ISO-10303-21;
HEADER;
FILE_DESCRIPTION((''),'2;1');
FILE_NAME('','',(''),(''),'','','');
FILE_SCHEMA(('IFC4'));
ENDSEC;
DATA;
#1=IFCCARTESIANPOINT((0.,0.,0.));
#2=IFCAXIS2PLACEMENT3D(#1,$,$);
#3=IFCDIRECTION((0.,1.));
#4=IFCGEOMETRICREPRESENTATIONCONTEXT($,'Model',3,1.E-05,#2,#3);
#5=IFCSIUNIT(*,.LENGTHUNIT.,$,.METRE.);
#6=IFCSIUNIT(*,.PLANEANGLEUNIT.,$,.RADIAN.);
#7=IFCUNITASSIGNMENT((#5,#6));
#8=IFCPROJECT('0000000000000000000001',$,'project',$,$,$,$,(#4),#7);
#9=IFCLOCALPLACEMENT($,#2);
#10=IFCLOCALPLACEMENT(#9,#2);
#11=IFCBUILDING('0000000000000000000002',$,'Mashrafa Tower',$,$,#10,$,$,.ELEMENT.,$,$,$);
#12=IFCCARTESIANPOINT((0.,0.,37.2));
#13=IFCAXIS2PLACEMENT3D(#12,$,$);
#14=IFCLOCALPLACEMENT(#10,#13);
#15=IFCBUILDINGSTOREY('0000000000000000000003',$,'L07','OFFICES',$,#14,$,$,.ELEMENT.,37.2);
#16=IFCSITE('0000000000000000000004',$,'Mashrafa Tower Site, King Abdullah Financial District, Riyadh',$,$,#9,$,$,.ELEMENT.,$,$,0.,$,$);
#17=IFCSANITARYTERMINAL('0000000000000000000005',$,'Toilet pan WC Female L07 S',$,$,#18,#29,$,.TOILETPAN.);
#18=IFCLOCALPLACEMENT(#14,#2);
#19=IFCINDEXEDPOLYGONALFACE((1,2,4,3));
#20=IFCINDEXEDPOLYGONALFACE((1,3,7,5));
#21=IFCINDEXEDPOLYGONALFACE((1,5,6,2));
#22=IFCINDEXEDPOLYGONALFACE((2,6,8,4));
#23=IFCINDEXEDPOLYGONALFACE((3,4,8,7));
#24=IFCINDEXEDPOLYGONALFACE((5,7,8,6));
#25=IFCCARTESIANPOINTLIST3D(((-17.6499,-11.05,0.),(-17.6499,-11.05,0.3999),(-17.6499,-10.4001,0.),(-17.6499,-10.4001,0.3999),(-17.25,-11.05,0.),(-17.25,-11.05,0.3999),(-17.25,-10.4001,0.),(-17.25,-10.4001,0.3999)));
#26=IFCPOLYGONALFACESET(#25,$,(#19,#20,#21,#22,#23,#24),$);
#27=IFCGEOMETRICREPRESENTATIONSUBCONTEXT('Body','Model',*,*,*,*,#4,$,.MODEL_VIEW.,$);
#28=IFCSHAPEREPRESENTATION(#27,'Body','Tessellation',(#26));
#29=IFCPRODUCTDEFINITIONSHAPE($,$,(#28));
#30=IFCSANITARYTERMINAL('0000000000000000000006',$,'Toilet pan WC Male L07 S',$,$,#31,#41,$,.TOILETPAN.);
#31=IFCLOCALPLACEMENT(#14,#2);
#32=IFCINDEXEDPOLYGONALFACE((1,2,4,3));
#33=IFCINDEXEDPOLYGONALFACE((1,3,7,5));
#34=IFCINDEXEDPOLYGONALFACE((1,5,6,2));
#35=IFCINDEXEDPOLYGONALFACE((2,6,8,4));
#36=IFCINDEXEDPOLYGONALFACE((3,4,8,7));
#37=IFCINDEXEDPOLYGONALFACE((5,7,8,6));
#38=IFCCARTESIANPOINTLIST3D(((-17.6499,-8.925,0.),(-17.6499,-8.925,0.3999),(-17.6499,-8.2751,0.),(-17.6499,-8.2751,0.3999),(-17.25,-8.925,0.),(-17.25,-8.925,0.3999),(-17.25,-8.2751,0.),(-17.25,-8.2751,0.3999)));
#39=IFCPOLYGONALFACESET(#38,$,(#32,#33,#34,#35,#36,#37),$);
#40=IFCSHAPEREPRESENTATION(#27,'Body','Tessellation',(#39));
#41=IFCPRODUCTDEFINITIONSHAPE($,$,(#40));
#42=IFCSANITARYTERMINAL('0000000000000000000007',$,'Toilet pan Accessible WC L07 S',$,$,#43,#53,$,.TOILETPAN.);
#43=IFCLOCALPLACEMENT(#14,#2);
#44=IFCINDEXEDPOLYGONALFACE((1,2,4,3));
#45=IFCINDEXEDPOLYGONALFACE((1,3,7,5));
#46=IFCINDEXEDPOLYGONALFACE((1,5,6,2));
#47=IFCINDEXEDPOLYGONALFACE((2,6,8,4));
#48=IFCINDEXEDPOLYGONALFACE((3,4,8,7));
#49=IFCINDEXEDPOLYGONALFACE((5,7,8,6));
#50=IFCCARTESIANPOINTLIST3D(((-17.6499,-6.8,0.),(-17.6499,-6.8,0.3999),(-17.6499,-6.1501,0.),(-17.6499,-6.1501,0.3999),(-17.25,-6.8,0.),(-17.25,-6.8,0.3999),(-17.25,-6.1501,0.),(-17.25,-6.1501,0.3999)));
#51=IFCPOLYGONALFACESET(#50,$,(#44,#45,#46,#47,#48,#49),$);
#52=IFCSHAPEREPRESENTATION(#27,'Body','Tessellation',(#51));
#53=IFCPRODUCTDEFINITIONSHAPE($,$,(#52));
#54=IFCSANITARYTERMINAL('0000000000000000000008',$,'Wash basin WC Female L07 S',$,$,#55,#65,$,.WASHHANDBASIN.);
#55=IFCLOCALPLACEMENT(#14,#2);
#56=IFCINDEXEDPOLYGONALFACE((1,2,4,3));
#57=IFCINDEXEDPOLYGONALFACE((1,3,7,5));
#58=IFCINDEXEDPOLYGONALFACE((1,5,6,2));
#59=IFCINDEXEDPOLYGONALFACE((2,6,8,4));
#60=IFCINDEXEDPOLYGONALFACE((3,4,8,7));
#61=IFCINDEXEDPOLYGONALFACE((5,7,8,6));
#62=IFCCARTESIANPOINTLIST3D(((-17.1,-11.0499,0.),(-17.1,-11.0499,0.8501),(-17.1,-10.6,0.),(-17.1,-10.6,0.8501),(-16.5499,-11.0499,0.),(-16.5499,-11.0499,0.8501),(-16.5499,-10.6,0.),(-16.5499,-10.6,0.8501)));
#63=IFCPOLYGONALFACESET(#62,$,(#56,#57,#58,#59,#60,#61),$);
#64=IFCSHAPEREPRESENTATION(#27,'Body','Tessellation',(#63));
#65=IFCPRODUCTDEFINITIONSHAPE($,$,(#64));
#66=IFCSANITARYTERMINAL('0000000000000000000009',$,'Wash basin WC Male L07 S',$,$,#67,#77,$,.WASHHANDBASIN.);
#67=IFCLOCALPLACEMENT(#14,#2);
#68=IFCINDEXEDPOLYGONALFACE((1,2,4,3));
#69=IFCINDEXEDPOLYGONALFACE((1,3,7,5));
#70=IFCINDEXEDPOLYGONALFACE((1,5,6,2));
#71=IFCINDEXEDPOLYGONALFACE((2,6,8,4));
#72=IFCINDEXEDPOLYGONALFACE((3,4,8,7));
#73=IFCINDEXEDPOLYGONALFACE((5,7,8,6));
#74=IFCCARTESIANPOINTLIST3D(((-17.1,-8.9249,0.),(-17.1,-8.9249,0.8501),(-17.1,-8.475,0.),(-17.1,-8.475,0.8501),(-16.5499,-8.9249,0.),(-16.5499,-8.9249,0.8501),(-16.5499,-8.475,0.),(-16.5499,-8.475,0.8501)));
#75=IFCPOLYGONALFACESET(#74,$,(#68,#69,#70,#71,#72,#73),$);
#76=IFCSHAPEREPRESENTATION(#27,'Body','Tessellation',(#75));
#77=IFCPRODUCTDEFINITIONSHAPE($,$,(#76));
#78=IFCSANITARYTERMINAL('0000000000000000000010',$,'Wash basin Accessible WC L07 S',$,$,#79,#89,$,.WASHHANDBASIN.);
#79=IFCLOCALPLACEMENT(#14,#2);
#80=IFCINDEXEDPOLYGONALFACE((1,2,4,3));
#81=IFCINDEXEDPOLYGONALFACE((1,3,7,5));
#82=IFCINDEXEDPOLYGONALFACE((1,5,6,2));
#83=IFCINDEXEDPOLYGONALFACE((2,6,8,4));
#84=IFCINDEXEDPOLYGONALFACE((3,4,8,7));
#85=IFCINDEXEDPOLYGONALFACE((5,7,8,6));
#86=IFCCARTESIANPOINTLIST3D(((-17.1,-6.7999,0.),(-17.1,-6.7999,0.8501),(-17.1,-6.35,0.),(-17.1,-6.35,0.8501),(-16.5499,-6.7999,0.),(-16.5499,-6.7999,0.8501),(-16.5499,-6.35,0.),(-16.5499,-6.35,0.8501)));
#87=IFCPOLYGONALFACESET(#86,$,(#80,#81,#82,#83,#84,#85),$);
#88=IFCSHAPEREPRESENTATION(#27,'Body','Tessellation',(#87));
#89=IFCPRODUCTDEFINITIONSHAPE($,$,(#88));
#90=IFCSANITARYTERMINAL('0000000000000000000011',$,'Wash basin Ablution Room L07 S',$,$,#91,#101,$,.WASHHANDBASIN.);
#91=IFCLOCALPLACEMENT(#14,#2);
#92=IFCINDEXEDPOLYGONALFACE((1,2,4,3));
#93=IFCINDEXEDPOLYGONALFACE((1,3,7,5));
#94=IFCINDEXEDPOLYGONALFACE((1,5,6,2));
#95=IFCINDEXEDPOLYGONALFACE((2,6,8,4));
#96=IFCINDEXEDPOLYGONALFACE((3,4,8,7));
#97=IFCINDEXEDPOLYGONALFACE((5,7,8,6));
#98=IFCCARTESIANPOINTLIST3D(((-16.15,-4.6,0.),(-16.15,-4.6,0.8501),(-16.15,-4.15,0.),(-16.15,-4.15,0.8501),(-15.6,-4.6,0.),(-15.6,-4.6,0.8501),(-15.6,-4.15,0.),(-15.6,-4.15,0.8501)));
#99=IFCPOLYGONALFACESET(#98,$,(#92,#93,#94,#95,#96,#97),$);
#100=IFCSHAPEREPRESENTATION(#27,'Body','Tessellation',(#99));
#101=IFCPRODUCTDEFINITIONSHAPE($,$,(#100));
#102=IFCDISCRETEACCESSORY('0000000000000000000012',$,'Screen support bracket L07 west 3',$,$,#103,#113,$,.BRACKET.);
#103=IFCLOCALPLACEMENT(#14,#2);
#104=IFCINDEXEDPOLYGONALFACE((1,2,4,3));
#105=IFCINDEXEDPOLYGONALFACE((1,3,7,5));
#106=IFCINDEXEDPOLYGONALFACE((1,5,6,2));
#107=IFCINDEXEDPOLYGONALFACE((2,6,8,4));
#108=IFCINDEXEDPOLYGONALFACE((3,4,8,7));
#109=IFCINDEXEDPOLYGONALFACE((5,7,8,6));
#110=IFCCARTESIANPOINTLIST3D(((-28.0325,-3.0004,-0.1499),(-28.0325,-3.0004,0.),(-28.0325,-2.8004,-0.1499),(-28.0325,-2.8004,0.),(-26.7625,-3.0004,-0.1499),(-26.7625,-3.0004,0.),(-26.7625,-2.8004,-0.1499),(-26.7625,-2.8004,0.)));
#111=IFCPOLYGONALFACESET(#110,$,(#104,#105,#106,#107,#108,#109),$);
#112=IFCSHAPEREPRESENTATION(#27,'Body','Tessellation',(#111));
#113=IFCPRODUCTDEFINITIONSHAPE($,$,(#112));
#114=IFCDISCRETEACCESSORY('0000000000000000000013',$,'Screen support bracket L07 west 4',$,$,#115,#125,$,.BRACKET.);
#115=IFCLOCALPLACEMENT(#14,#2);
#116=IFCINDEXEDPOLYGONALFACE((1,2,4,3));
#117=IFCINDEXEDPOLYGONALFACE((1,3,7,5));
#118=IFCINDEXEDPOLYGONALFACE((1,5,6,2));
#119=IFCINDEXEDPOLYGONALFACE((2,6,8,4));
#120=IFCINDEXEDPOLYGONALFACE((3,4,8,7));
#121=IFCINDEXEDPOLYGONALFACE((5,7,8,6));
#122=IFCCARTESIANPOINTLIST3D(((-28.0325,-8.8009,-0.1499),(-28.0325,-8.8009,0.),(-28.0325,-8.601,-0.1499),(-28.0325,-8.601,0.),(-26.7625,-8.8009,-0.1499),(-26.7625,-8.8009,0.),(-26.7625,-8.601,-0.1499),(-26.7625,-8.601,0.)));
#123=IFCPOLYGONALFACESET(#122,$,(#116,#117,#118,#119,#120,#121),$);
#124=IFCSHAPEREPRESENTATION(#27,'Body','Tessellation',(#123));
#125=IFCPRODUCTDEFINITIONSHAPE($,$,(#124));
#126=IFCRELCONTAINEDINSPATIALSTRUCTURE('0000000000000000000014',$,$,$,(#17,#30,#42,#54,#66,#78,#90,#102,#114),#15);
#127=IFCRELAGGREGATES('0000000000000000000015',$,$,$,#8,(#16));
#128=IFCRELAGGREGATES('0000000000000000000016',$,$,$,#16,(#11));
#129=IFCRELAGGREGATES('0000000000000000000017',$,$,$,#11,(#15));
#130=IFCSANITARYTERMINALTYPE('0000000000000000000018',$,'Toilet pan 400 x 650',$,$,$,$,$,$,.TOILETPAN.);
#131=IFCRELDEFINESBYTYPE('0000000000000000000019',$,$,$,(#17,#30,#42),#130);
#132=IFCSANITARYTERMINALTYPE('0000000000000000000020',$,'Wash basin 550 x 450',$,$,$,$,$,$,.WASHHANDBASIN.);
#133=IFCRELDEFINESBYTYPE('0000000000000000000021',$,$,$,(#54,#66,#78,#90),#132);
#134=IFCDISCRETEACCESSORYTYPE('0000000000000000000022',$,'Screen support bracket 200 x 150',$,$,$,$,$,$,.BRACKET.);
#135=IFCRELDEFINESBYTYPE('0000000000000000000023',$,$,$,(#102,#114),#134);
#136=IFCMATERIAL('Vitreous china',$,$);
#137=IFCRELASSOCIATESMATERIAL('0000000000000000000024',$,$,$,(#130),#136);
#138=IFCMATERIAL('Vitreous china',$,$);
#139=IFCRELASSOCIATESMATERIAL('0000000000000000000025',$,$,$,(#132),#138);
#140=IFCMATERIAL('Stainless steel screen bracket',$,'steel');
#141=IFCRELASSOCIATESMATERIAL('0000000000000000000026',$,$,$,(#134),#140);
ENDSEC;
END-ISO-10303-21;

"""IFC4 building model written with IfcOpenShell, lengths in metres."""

from ifc_helpers import new_model, si_unit, direction, frame, origin, origin_2d, place, context, subcontext, project, spatial, rectangle, extrude, source, transform, mapped, material, type_object, type_shapes, element, save


model = new_model("IFC4")

# Units and contexts
model_context = context("Model", 3, precision=1e-05, world=origin(), true_north=direction((0.0, 1.0)))
body_context = subcontext(model_context, "Body", "Model", "MODEL_VIEW")
ifc_project = project(units=[si_unit("LENGTHUNIT", "METRE"), si_unit("PLANEANGLEUNIT", "RADIAN")], contexts=[model_context])

# Site, building, storey
site_placement = place(None, origin())
site = spatial("IfcSite", under=ifc_project, at=site_placement, Name="Mashrafa Tower Site, King Abdullah Financial District, Riyadh", CompositionType="ELEMENT", RefElevation=0.0)
building_placement = place(site_placement, origin())
building = spatial("IfcBuilding", under=site, at=building_placement, Name="Mashrafa Tower", CompositionType="ELEMENT")
storey_placement = place(building_placement, frame((0.0, 0.0, 37.2)))
storey = spatial("IfcBuildingStorey", under=building, at=storey_placement, Name="L07", Description="OFFICES", CompositionType="ELEMENT", Elevation=37.2)

# Sanitary terminals
ifc_material_1 = material(Name="Vitreous china")
sanitary_terminal_type_1 = type_object("IfcSanitaryTerminalType", Name="Toilet pan 400 x 650", PredefinedType="TOILETPAN", material=ifc_material_1)
for number, where, z_axis, x_axis, name in (
    (1, (-17.45, -10.7251, 0.0), (0.0, 0.0, 1.0), (1.0, 0.0, 0.0), "Toilet pan WC Female L07 S"),
    (2, (-17.45, -8.6001, 0.0), (0.0, 0.0, 1.0), (1.0, 0.0, 0.0), "Toilet pan WC Male L07 S"),
    (3, (-17.45, -6.4751, 0.0), (0.0, 0.0, 1.0), (1.0, 0.0, 0.0), "Toilet pan Accessible WC L07 S"),
):
    element("IfcSanitaryTerminal", number, at=place(storey_placement, frame(where, z_axis=z_axis, x_axis=x_axis)), inside=storey, type_object=sanitary_terminal_type_1, Name=name, PredefinedType="TOILETPAN", context=body_context, shape_type="SweptSolid", body=[
        extrude(rectangle(XDim=0.3999, YDim=0.6499, at=origin_2d()), origin(), (0.0, 0.0, 1.0), 0.3999),
    ])
ifc_material_2 = material(Name="Vitreous china")
sanitary_terminal_type_2 = type_object("IfcSanitaryTerminalType", Name="Wash basin 550 x 450", PredefinedType="WASHHANDBASIN", material=ifc_material_2)
for number, where, z_axis, x_axis, name in (
    (4, (-16.825, -10.825, 0.0), (0.0, 0.0, 1.0), (1.0, 0.0, 0.0), "Wash basin WC Female L07 S"),
    (5, (-16.825, -8.7, 0.0), (0.0, 0.0, 1.0), (1.0, 0.0, 0.0), "Wash basin WC Male L07 S"),
    (6, (-16.825, -6.575, 0.0), (0.0, 0.0, 1.0), (1.0, 0.0, 0.0), "Wash basin Accessible WC L07 S"),
    (7, (-15.875, -4.375, 0.0), (0.0, 0.0, 1.0), (1.0, 0.0, 0.0), "Wash basin Ablution Room L07 S"),
):
    element("IfcSanitaryTerminal", number, at=place(storey_placement, frame(where, z_axis=z_axis, x_axis=x_axis)), inside=storey, type_object=sanitary_terminal_type_2, Name=name, PredefinedType="WASHHANDBASIN", context=body_context, shape_type="SweptSolid", body=[
        extrude(rectangle(XDim=0.55, YDim=0.45, at=origin_2d()), origin(), (0.0, 0.0, 1.0), 0.8501),
    ])

# Discrete accessories
ifc_material_3 = material(Name="Stainless steel screen bracket", Category="steel")
discrete_accessory_type = type_object("IfcDiscreteAccessoryType", Name="Screen support bracket 200 x 150", PredefinedType="BRACKET", material=ifc_material_3)
shared_shape_1 = source(origin(), body_context, "Body", "SweptSolid", [
    extrude(rectangle(XDim=0.2, YDim=1.27, at=origin_2d()), origin(), (0.0, 0.0, 1.0), 0.1499),
])
type_shapes(discrete_accessory_type, [shared_shape_1])
for number, where, z_axis, x_axis, name in (
    (8, (-27.3975, -2.9004, -0.1499), (0.0, 0.0, 1.0), (0.0, -1.0, 0.0), "Screen support bracket L07 west 3"),
    (9, (-27.3975, -8.7009, -0.1499), (0.0, 0.0, 1.0), (0.0, -1.0, 0.0), "Screen support bracket L07 west 4"),
):
    element("IfcDiscreteAccessory", number, at=place(storey_placement, frame(where, z_axis=z_axis, x_axis=x_axis)), inside=storey, type_object=discrete_accessory_type, Name=name, PredefinedType="BRACKET", context=body_context, shape_type="MappedRepresentation", body=[
        mapped(shared_shape_1, transform((0.0, 0.0, 0.0))),
    ])

save(model, "model.ifc")
